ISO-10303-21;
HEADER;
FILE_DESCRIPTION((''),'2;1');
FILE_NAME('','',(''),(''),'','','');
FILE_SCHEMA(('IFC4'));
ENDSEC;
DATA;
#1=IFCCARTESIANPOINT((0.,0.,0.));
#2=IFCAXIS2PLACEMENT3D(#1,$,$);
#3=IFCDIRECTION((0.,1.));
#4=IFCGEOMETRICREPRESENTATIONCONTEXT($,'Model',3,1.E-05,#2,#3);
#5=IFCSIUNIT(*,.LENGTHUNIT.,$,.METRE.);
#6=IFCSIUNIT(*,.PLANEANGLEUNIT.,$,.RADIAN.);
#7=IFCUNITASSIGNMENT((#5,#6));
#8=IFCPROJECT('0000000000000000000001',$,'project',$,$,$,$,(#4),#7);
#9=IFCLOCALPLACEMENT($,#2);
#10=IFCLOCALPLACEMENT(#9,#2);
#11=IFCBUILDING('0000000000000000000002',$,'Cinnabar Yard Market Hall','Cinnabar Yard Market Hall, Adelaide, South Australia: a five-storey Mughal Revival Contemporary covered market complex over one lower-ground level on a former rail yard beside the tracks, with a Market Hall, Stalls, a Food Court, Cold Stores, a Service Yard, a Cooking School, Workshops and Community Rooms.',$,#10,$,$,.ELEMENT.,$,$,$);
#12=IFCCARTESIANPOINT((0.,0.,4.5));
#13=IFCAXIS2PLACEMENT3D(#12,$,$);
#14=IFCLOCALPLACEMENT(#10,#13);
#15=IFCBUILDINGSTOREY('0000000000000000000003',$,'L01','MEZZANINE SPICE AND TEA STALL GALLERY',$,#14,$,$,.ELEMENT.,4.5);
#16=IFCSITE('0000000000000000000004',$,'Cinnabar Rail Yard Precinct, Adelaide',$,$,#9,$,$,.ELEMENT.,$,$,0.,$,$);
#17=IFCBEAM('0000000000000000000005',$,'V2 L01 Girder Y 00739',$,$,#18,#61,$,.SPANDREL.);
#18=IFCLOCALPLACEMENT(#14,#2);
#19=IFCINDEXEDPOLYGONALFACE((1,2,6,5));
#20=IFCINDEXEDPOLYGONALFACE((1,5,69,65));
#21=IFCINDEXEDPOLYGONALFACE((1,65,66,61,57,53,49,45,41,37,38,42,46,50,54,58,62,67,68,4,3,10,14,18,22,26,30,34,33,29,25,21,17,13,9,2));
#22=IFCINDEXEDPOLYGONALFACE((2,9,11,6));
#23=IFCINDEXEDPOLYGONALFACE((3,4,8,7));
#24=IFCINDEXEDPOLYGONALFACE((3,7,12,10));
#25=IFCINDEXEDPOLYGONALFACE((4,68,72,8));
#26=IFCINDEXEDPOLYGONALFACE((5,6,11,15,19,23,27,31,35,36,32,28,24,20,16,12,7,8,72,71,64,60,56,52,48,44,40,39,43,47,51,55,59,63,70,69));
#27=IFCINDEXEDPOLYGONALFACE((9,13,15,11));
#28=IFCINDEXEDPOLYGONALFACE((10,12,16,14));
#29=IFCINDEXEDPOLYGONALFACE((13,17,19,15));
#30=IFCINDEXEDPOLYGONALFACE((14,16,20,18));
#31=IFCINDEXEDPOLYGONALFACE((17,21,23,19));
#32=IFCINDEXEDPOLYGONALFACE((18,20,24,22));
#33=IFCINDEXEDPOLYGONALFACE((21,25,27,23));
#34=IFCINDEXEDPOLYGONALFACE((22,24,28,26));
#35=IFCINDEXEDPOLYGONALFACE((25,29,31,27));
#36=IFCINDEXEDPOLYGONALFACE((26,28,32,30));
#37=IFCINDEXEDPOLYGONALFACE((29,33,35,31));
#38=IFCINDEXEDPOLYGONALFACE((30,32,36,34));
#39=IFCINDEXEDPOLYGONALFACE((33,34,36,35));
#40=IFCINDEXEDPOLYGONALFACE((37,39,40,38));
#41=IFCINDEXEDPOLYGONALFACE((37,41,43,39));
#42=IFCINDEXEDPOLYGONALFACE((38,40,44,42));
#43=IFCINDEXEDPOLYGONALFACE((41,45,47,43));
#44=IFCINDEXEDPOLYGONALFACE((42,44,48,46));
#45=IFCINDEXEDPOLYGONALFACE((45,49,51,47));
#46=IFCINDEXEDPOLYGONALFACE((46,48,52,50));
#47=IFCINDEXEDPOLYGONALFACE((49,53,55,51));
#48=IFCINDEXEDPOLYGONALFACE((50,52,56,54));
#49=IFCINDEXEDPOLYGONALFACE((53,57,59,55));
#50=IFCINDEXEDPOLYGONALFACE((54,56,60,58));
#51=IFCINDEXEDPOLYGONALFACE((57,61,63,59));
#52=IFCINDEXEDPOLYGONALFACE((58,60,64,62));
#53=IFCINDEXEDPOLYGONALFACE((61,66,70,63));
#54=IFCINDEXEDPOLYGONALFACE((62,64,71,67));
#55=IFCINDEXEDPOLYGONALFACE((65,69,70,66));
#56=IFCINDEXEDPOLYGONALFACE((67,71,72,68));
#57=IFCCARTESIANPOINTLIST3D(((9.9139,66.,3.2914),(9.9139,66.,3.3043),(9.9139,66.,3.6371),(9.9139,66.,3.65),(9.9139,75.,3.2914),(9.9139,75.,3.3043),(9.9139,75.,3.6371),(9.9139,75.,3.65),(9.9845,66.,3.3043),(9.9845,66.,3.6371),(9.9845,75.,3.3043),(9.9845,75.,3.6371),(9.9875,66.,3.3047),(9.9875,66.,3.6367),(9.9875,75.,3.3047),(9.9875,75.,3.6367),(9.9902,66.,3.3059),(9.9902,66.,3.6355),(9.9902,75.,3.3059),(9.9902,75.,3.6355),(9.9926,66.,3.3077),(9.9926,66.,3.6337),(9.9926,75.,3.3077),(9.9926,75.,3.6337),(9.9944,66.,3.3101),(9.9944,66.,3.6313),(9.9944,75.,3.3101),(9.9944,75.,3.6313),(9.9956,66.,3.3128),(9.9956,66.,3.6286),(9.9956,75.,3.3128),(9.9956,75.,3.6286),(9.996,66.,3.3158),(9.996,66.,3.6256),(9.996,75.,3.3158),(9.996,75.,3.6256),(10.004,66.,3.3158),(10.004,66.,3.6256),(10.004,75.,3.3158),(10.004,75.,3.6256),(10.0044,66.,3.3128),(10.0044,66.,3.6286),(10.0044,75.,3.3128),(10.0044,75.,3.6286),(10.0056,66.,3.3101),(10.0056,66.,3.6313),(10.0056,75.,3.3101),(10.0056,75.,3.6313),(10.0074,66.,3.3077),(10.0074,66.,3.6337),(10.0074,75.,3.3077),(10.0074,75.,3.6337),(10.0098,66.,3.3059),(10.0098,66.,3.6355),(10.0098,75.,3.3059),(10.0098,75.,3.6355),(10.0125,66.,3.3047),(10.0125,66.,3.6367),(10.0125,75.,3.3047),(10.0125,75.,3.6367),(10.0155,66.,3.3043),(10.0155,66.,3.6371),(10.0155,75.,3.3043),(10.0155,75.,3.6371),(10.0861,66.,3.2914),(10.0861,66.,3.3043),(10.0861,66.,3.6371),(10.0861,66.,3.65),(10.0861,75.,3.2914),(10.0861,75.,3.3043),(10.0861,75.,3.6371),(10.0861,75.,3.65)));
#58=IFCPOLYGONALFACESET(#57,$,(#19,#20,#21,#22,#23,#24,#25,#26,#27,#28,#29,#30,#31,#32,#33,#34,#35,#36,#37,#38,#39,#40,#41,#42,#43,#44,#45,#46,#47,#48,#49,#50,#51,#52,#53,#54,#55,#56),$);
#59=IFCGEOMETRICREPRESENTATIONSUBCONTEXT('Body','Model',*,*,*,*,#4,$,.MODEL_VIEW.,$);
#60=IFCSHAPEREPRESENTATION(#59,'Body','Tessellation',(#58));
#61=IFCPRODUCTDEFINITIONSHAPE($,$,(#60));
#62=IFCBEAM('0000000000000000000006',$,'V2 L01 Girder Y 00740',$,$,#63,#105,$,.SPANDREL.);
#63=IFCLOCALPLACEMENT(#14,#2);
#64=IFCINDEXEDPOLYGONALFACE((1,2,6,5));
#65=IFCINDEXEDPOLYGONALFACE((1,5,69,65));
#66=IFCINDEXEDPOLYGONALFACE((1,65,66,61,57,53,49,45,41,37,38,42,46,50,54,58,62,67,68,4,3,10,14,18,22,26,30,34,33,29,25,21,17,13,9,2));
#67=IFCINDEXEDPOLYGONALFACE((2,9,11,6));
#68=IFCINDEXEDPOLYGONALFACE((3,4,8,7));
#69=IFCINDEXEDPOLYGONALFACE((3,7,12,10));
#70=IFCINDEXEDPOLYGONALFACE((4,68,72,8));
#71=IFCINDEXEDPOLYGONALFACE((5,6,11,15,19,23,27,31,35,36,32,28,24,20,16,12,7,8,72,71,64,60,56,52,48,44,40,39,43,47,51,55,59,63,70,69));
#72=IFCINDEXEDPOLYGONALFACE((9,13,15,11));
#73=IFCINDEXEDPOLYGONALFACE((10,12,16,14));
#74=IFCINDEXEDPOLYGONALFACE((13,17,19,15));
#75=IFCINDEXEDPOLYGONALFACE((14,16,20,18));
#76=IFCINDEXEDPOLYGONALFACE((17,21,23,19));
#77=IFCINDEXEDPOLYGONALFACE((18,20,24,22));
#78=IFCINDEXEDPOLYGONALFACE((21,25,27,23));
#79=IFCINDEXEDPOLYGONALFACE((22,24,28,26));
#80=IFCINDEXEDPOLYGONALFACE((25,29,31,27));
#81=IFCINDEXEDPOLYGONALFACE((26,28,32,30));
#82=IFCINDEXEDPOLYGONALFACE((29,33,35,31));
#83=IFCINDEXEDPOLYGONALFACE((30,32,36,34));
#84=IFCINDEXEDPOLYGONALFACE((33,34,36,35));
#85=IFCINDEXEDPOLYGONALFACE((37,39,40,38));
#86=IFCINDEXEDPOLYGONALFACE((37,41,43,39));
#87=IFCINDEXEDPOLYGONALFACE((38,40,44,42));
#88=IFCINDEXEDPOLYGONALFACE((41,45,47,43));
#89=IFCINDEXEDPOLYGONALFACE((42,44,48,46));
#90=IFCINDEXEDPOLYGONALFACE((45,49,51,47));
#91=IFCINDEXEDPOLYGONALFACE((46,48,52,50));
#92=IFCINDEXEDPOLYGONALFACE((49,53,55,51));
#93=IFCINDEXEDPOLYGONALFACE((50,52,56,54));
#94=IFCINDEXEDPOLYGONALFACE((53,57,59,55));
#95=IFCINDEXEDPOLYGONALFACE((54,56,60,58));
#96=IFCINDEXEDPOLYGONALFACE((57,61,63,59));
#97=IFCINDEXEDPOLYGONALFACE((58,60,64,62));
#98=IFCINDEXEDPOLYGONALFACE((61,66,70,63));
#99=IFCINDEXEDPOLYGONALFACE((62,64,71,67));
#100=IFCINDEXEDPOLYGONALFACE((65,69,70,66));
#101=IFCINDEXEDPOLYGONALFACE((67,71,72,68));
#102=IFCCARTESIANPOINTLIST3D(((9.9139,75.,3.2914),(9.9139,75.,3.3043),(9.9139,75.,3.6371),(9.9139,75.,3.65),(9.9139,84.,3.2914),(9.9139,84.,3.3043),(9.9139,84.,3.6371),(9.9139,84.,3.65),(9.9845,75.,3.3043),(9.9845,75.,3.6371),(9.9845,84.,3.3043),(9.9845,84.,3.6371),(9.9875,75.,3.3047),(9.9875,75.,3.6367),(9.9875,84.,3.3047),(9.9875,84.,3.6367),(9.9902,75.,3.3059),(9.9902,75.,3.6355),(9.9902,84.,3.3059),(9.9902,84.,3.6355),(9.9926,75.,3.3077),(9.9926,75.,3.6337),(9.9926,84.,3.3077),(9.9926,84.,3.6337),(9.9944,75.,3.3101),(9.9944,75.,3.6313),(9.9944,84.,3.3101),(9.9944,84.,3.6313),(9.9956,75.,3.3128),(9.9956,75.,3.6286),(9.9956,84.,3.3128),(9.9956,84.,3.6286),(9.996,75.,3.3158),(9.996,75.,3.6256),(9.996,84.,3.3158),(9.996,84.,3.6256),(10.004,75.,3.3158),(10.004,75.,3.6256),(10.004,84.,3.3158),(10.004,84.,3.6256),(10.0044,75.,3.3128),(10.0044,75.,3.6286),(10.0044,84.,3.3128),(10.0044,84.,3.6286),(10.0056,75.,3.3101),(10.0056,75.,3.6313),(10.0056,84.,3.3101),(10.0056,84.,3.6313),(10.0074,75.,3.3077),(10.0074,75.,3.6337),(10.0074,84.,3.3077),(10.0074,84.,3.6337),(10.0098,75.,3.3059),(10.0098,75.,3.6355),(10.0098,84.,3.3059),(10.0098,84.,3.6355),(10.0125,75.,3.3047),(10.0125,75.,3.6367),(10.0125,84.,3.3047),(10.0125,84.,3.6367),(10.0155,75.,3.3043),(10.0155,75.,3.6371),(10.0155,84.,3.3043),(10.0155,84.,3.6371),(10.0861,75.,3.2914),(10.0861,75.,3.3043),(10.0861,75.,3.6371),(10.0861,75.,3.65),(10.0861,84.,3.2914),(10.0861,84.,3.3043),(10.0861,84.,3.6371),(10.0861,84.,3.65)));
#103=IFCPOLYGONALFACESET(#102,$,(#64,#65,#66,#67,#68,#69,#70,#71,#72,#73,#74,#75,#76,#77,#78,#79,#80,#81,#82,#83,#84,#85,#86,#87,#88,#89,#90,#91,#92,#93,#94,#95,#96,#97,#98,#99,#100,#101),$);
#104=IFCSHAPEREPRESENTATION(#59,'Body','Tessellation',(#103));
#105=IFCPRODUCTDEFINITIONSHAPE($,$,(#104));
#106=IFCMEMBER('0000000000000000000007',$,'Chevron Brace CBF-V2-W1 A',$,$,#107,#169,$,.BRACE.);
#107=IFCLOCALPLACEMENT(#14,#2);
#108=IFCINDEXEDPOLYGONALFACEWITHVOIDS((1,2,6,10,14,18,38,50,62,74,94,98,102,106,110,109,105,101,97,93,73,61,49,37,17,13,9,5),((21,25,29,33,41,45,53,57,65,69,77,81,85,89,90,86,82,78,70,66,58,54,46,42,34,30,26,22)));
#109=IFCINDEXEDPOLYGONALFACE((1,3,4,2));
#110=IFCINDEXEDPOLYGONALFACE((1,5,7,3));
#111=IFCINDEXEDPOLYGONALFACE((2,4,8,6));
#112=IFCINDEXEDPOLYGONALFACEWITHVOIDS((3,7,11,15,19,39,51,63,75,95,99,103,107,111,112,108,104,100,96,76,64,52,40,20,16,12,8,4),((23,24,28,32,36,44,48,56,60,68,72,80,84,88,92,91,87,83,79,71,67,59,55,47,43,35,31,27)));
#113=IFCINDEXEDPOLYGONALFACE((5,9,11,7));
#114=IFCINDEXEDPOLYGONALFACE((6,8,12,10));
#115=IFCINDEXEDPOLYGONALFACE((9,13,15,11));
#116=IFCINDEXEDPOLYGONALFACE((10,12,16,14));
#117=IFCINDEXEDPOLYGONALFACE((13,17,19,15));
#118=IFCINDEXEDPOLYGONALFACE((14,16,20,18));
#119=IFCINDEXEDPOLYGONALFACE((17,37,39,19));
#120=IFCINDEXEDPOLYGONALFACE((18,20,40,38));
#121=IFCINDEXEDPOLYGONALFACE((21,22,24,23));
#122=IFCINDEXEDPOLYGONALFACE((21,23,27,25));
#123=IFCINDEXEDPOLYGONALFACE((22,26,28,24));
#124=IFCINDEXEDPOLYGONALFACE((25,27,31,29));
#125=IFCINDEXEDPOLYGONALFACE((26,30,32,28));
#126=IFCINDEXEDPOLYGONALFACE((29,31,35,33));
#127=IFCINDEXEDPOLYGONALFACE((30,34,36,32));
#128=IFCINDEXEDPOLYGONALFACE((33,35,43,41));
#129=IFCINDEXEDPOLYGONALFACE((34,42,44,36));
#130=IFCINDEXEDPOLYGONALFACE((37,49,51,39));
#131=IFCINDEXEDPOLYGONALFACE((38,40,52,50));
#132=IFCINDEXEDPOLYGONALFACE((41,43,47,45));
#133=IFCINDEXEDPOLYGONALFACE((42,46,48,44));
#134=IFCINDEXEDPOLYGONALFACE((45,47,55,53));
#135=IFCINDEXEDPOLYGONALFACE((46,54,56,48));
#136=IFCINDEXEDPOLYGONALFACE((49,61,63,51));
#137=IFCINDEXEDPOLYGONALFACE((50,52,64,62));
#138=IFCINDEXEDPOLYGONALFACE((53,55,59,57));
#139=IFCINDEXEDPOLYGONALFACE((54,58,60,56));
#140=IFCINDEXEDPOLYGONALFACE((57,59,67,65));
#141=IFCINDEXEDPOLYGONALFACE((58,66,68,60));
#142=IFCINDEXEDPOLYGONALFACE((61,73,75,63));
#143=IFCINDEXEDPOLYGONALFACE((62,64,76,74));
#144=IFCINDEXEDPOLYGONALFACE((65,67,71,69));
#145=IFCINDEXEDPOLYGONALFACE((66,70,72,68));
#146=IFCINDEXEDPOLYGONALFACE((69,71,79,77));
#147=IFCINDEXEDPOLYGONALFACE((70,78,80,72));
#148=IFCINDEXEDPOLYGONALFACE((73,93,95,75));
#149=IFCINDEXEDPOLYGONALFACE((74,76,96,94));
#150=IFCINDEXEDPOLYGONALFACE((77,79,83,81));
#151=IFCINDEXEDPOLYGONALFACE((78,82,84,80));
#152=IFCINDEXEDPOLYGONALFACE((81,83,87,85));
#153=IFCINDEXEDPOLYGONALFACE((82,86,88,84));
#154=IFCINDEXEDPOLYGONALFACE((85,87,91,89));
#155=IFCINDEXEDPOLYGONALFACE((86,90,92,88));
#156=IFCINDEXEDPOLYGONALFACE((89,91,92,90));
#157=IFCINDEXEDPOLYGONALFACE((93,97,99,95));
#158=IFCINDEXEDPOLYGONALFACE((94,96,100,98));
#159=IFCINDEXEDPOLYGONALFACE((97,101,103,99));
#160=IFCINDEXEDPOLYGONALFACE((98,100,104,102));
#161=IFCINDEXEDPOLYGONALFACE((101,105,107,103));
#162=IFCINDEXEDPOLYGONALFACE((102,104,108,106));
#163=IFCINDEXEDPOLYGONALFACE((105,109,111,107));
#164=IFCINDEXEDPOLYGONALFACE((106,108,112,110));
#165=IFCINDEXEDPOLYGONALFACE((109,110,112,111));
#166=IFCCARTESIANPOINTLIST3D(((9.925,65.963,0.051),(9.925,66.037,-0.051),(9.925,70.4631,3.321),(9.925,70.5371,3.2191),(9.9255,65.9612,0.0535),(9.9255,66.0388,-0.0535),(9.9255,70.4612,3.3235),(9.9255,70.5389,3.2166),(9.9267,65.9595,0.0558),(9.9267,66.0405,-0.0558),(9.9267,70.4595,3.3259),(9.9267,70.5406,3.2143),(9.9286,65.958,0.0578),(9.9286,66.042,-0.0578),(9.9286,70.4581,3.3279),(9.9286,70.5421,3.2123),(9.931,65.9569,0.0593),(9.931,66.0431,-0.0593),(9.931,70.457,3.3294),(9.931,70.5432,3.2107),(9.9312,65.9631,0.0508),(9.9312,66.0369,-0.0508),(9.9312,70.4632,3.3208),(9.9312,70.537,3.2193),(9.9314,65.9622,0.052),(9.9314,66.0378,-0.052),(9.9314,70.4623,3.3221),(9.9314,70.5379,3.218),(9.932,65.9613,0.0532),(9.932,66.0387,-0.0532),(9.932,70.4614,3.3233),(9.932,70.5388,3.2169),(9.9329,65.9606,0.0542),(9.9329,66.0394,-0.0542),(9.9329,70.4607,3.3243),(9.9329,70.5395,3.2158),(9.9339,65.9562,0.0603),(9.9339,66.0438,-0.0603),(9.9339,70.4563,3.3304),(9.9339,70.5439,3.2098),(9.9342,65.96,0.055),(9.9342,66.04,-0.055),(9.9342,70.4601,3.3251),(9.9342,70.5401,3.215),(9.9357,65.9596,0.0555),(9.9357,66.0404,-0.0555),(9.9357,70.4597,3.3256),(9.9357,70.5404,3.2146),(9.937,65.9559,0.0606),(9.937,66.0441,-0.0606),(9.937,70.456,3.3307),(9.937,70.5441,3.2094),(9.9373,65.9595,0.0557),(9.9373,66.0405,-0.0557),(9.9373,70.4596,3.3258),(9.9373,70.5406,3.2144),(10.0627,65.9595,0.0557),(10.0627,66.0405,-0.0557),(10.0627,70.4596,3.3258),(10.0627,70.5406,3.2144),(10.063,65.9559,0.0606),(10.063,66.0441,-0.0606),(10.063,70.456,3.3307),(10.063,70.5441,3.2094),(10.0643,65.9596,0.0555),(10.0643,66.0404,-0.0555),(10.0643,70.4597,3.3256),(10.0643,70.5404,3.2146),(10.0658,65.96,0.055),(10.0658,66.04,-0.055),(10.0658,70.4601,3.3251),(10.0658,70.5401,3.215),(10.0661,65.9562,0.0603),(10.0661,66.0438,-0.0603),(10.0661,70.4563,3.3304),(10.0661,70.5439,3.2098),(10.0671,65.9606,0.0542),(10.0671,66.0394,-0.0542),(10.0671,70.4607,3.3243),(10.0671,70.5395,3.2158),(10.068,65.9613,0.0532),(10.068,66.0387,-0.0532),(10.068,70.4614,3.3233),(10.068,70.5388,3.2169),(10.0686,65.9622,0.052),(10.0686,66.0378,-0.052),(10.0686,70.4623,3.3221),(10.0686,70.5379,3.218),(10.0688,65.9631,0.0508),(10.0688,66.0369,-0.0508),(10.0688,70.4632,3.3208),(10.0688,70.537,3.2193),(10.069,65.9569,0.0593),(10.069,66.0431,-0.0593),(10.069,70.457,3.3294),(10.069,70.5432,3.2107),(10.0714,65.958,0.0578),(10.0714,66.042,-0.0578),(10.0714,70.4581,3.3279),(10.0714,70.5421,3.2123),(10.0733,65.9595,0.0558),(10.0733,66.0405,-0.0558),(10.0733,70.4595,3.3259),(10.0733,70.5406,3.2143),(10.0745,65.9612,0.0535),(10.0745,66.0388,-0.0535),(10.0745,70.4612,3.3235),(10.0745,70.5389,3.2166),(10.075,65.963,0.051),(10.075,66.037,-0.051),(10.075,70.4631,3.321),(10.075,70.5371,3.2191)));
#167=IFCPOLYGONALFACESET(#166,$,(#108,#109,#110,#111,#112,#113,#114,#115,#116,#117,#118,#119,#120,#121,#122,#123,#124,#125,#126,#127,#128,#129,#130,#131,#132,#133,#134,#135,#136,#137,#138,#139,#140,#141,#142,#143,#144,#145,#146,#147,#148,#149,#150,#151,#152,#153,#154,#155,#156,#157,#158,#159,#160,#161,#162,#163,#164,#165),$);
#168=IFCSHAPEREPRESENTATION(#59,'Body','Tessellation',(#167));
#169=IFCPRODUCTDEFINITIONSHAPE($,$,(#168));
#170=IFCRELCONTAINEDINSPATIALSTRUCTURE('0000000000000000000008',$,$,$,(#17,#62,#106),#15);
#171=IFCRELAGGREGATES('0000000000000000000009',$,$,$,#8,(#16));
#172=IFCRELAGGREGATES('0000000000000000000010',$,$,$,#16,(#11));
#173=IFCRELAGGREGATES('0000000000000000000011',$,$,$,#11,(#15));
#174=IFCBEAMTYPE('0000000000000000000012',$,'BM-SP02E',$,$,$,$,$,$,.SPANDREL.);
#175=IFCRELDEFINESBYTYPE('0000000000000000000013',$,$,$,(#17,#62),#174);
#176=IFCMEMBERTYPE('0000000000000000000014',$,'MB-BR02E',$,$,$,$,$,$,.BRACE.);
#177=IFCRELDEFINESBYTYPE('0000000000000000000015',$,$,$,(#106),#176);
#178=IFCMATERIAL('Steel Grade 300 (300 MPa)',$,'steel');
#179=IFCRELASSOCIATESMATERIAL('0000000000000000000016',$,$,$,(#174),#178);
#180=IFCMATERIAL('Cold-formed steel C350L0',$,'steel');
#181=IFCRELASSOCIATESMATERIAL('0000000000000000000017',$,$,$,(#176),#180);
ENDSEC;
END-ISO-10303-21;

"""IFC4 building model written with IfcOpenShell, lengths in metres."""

from ifc_helpers import new_model, si_unit, direction, frame, origin, origin_2d_with_axis, place, context, subcontext, project, spatial, hollow_rectangle, i_section, extrude, material, material_profile, profile_set, type_object, element, save


model = new_model("IFC4")

# Units and contexts
model_context = context("Model", 3, precision=1e-05, world=origin(), true_north=direction((0.0, 1.0)))
body_context = subcontext(model_context, "Body", "Model", "MODEL_VIEW")
ifc_project = project(units=[si_unit("LENGTHUNIT", "METRE"), si_unit("PLANEANGLEUNIT", "RADIAN")], contexts=[model_context])

# Site, building, storey
site_placement = place(None, origin())
site = spatial("IfcSite", under=ifc_project, at=site_placement, Name="Cinnabar Rail Yard Precinct, Adelaide", CompositionType="ELEMENT", RefElevation=0.0)
building_placement = place(site_placement, origin())
building = spatial("IfcBuilding", under=site, at=building_placement, Name="Cinnabar Yard Market Hall", Description="Cinnabar Yard Market Hall, Adelaide, South Australia: a five-storey Mughal Revival Contemporary covered market complex over one lower-ground level on a former rail yard beside the tracks, with a Market Hall, Stalls, a Food Court, Cold Stores, a Service Yard, a Cooking School, Workshops and Community Rooms.", CompositionType="ELEMENT")
storey_placement = place(building_placement, frame((0.0, 0.0, 4.5)))
storey = spatial("IfcBuildingStorey", under=building, at=storey_placement, Name="L01", Description="MEZZANINE SPICE AND TEA STALL GALLERY", CompositionType="ELEMENT", Elevation=4.5)

# Shared definitions
ifc_material_1 = material(Name="Steel Grade 300 (300 MPa)", Category="steel")

# Beams
ifc_material_profile_1 = material_profile(ifc_material_1, i_section(OverallWidth=0.1721, OverallDepth=0.3586, WebThickness=0.0081, FlangeThickness=0.0129, FilletRadius=0.0115, at=origin_2d_with_axis()), Name="360UB56.7")
ifc_profile_set_1 = profile_set([ifc_material_profile_1], Name="Steel Grade 300 (300 MPa)")
beam_type_1 = type_object("IfcBeamType", Name="BM-SP02E", PredefinedType="SPANDREL", material=ifc_profile_set_1)
for number, where, z_axis, x_axis, name in (
    (1, (10.0, 66.0, 3.4707), (0.0, 1.0, 0.0), (-1.0, 0.0, 0.0), "V2 L01 Girder Y 00739"),
    (2, (10.0, 75.0, 3.4707), (0.0, 1.0, 0.0), (-1.0, 0.0, 0.0), "V2 L01 Girder Y 00740"),
):
    element("IfcBeam", number, at=place(storey_placement, frame(where, z_axis=z_axis, x_axis=x_axis)), inside=storey, type_object=beam_type_1, Name=name, PredefinedType="SPANDREL", context=body_context, shape_type="SweptSolid", body=[
        extrude(i_section(OverallWidth=0.1721, OverallDepth=0.3586, WebThickness=0.0081, FlangeThickness=0.0129, FilletRadius=0.0115, at=origin_2d_with_axis()), origin(), (0.0, 0.0, 1.0), 9.0),
    ])

# Member
ifc_material_2 = material(Name="Cold-formed steel C350L0", Category="steel")
ifc_material_profile_2 = material_profile(ifc_material_2, hollow_rectangle(XDim=0.1499, YDim=0.1499, WallThickness=0.0061, InnerFilletRadius=0.0061, OuterFilletRadius=0.012, at=origin_2d_with_axis()), Name="150x150x6.0SHS")
ifc_profile_set_2 = profile_set([ifc_material_profile_2], Name="Cold-formed steel C350L0")
member_type = type_object("IfcMemberType", Name="MB-BR02E", PredefinedType="BRACE", material=ifc_profile_set_2)
for number, where, z_axis, x_axis, name in (
    (3, (10.0, 66.0, 0.0), (0.0, 0.808968, 0.587853), (-1.0, 0.0, 0.0), "Chevron Brace CBF-V2-W1 A"),
):
    element("IfcMember", number, at=place(storey_placement, frame(where, z_axis=z_axis, x_axis=x_axis)), inside=storey, type_object=member_type, Name=name, PredefinedType="BRACE", context=body_context, shape_type="SweptSolid", body=[
        extrude(hollow_rectangle(XDim=0.1499, YDim=0.1499, WallThickness=0.0061, InnerFilletRadius=0.0061, OuterFilletRadius=0.012, at=origin_2d_with_axis()), origin(), (0.0, 0.0, 1.0), 5.5627),
    ])

save(model, "model.ifc")
